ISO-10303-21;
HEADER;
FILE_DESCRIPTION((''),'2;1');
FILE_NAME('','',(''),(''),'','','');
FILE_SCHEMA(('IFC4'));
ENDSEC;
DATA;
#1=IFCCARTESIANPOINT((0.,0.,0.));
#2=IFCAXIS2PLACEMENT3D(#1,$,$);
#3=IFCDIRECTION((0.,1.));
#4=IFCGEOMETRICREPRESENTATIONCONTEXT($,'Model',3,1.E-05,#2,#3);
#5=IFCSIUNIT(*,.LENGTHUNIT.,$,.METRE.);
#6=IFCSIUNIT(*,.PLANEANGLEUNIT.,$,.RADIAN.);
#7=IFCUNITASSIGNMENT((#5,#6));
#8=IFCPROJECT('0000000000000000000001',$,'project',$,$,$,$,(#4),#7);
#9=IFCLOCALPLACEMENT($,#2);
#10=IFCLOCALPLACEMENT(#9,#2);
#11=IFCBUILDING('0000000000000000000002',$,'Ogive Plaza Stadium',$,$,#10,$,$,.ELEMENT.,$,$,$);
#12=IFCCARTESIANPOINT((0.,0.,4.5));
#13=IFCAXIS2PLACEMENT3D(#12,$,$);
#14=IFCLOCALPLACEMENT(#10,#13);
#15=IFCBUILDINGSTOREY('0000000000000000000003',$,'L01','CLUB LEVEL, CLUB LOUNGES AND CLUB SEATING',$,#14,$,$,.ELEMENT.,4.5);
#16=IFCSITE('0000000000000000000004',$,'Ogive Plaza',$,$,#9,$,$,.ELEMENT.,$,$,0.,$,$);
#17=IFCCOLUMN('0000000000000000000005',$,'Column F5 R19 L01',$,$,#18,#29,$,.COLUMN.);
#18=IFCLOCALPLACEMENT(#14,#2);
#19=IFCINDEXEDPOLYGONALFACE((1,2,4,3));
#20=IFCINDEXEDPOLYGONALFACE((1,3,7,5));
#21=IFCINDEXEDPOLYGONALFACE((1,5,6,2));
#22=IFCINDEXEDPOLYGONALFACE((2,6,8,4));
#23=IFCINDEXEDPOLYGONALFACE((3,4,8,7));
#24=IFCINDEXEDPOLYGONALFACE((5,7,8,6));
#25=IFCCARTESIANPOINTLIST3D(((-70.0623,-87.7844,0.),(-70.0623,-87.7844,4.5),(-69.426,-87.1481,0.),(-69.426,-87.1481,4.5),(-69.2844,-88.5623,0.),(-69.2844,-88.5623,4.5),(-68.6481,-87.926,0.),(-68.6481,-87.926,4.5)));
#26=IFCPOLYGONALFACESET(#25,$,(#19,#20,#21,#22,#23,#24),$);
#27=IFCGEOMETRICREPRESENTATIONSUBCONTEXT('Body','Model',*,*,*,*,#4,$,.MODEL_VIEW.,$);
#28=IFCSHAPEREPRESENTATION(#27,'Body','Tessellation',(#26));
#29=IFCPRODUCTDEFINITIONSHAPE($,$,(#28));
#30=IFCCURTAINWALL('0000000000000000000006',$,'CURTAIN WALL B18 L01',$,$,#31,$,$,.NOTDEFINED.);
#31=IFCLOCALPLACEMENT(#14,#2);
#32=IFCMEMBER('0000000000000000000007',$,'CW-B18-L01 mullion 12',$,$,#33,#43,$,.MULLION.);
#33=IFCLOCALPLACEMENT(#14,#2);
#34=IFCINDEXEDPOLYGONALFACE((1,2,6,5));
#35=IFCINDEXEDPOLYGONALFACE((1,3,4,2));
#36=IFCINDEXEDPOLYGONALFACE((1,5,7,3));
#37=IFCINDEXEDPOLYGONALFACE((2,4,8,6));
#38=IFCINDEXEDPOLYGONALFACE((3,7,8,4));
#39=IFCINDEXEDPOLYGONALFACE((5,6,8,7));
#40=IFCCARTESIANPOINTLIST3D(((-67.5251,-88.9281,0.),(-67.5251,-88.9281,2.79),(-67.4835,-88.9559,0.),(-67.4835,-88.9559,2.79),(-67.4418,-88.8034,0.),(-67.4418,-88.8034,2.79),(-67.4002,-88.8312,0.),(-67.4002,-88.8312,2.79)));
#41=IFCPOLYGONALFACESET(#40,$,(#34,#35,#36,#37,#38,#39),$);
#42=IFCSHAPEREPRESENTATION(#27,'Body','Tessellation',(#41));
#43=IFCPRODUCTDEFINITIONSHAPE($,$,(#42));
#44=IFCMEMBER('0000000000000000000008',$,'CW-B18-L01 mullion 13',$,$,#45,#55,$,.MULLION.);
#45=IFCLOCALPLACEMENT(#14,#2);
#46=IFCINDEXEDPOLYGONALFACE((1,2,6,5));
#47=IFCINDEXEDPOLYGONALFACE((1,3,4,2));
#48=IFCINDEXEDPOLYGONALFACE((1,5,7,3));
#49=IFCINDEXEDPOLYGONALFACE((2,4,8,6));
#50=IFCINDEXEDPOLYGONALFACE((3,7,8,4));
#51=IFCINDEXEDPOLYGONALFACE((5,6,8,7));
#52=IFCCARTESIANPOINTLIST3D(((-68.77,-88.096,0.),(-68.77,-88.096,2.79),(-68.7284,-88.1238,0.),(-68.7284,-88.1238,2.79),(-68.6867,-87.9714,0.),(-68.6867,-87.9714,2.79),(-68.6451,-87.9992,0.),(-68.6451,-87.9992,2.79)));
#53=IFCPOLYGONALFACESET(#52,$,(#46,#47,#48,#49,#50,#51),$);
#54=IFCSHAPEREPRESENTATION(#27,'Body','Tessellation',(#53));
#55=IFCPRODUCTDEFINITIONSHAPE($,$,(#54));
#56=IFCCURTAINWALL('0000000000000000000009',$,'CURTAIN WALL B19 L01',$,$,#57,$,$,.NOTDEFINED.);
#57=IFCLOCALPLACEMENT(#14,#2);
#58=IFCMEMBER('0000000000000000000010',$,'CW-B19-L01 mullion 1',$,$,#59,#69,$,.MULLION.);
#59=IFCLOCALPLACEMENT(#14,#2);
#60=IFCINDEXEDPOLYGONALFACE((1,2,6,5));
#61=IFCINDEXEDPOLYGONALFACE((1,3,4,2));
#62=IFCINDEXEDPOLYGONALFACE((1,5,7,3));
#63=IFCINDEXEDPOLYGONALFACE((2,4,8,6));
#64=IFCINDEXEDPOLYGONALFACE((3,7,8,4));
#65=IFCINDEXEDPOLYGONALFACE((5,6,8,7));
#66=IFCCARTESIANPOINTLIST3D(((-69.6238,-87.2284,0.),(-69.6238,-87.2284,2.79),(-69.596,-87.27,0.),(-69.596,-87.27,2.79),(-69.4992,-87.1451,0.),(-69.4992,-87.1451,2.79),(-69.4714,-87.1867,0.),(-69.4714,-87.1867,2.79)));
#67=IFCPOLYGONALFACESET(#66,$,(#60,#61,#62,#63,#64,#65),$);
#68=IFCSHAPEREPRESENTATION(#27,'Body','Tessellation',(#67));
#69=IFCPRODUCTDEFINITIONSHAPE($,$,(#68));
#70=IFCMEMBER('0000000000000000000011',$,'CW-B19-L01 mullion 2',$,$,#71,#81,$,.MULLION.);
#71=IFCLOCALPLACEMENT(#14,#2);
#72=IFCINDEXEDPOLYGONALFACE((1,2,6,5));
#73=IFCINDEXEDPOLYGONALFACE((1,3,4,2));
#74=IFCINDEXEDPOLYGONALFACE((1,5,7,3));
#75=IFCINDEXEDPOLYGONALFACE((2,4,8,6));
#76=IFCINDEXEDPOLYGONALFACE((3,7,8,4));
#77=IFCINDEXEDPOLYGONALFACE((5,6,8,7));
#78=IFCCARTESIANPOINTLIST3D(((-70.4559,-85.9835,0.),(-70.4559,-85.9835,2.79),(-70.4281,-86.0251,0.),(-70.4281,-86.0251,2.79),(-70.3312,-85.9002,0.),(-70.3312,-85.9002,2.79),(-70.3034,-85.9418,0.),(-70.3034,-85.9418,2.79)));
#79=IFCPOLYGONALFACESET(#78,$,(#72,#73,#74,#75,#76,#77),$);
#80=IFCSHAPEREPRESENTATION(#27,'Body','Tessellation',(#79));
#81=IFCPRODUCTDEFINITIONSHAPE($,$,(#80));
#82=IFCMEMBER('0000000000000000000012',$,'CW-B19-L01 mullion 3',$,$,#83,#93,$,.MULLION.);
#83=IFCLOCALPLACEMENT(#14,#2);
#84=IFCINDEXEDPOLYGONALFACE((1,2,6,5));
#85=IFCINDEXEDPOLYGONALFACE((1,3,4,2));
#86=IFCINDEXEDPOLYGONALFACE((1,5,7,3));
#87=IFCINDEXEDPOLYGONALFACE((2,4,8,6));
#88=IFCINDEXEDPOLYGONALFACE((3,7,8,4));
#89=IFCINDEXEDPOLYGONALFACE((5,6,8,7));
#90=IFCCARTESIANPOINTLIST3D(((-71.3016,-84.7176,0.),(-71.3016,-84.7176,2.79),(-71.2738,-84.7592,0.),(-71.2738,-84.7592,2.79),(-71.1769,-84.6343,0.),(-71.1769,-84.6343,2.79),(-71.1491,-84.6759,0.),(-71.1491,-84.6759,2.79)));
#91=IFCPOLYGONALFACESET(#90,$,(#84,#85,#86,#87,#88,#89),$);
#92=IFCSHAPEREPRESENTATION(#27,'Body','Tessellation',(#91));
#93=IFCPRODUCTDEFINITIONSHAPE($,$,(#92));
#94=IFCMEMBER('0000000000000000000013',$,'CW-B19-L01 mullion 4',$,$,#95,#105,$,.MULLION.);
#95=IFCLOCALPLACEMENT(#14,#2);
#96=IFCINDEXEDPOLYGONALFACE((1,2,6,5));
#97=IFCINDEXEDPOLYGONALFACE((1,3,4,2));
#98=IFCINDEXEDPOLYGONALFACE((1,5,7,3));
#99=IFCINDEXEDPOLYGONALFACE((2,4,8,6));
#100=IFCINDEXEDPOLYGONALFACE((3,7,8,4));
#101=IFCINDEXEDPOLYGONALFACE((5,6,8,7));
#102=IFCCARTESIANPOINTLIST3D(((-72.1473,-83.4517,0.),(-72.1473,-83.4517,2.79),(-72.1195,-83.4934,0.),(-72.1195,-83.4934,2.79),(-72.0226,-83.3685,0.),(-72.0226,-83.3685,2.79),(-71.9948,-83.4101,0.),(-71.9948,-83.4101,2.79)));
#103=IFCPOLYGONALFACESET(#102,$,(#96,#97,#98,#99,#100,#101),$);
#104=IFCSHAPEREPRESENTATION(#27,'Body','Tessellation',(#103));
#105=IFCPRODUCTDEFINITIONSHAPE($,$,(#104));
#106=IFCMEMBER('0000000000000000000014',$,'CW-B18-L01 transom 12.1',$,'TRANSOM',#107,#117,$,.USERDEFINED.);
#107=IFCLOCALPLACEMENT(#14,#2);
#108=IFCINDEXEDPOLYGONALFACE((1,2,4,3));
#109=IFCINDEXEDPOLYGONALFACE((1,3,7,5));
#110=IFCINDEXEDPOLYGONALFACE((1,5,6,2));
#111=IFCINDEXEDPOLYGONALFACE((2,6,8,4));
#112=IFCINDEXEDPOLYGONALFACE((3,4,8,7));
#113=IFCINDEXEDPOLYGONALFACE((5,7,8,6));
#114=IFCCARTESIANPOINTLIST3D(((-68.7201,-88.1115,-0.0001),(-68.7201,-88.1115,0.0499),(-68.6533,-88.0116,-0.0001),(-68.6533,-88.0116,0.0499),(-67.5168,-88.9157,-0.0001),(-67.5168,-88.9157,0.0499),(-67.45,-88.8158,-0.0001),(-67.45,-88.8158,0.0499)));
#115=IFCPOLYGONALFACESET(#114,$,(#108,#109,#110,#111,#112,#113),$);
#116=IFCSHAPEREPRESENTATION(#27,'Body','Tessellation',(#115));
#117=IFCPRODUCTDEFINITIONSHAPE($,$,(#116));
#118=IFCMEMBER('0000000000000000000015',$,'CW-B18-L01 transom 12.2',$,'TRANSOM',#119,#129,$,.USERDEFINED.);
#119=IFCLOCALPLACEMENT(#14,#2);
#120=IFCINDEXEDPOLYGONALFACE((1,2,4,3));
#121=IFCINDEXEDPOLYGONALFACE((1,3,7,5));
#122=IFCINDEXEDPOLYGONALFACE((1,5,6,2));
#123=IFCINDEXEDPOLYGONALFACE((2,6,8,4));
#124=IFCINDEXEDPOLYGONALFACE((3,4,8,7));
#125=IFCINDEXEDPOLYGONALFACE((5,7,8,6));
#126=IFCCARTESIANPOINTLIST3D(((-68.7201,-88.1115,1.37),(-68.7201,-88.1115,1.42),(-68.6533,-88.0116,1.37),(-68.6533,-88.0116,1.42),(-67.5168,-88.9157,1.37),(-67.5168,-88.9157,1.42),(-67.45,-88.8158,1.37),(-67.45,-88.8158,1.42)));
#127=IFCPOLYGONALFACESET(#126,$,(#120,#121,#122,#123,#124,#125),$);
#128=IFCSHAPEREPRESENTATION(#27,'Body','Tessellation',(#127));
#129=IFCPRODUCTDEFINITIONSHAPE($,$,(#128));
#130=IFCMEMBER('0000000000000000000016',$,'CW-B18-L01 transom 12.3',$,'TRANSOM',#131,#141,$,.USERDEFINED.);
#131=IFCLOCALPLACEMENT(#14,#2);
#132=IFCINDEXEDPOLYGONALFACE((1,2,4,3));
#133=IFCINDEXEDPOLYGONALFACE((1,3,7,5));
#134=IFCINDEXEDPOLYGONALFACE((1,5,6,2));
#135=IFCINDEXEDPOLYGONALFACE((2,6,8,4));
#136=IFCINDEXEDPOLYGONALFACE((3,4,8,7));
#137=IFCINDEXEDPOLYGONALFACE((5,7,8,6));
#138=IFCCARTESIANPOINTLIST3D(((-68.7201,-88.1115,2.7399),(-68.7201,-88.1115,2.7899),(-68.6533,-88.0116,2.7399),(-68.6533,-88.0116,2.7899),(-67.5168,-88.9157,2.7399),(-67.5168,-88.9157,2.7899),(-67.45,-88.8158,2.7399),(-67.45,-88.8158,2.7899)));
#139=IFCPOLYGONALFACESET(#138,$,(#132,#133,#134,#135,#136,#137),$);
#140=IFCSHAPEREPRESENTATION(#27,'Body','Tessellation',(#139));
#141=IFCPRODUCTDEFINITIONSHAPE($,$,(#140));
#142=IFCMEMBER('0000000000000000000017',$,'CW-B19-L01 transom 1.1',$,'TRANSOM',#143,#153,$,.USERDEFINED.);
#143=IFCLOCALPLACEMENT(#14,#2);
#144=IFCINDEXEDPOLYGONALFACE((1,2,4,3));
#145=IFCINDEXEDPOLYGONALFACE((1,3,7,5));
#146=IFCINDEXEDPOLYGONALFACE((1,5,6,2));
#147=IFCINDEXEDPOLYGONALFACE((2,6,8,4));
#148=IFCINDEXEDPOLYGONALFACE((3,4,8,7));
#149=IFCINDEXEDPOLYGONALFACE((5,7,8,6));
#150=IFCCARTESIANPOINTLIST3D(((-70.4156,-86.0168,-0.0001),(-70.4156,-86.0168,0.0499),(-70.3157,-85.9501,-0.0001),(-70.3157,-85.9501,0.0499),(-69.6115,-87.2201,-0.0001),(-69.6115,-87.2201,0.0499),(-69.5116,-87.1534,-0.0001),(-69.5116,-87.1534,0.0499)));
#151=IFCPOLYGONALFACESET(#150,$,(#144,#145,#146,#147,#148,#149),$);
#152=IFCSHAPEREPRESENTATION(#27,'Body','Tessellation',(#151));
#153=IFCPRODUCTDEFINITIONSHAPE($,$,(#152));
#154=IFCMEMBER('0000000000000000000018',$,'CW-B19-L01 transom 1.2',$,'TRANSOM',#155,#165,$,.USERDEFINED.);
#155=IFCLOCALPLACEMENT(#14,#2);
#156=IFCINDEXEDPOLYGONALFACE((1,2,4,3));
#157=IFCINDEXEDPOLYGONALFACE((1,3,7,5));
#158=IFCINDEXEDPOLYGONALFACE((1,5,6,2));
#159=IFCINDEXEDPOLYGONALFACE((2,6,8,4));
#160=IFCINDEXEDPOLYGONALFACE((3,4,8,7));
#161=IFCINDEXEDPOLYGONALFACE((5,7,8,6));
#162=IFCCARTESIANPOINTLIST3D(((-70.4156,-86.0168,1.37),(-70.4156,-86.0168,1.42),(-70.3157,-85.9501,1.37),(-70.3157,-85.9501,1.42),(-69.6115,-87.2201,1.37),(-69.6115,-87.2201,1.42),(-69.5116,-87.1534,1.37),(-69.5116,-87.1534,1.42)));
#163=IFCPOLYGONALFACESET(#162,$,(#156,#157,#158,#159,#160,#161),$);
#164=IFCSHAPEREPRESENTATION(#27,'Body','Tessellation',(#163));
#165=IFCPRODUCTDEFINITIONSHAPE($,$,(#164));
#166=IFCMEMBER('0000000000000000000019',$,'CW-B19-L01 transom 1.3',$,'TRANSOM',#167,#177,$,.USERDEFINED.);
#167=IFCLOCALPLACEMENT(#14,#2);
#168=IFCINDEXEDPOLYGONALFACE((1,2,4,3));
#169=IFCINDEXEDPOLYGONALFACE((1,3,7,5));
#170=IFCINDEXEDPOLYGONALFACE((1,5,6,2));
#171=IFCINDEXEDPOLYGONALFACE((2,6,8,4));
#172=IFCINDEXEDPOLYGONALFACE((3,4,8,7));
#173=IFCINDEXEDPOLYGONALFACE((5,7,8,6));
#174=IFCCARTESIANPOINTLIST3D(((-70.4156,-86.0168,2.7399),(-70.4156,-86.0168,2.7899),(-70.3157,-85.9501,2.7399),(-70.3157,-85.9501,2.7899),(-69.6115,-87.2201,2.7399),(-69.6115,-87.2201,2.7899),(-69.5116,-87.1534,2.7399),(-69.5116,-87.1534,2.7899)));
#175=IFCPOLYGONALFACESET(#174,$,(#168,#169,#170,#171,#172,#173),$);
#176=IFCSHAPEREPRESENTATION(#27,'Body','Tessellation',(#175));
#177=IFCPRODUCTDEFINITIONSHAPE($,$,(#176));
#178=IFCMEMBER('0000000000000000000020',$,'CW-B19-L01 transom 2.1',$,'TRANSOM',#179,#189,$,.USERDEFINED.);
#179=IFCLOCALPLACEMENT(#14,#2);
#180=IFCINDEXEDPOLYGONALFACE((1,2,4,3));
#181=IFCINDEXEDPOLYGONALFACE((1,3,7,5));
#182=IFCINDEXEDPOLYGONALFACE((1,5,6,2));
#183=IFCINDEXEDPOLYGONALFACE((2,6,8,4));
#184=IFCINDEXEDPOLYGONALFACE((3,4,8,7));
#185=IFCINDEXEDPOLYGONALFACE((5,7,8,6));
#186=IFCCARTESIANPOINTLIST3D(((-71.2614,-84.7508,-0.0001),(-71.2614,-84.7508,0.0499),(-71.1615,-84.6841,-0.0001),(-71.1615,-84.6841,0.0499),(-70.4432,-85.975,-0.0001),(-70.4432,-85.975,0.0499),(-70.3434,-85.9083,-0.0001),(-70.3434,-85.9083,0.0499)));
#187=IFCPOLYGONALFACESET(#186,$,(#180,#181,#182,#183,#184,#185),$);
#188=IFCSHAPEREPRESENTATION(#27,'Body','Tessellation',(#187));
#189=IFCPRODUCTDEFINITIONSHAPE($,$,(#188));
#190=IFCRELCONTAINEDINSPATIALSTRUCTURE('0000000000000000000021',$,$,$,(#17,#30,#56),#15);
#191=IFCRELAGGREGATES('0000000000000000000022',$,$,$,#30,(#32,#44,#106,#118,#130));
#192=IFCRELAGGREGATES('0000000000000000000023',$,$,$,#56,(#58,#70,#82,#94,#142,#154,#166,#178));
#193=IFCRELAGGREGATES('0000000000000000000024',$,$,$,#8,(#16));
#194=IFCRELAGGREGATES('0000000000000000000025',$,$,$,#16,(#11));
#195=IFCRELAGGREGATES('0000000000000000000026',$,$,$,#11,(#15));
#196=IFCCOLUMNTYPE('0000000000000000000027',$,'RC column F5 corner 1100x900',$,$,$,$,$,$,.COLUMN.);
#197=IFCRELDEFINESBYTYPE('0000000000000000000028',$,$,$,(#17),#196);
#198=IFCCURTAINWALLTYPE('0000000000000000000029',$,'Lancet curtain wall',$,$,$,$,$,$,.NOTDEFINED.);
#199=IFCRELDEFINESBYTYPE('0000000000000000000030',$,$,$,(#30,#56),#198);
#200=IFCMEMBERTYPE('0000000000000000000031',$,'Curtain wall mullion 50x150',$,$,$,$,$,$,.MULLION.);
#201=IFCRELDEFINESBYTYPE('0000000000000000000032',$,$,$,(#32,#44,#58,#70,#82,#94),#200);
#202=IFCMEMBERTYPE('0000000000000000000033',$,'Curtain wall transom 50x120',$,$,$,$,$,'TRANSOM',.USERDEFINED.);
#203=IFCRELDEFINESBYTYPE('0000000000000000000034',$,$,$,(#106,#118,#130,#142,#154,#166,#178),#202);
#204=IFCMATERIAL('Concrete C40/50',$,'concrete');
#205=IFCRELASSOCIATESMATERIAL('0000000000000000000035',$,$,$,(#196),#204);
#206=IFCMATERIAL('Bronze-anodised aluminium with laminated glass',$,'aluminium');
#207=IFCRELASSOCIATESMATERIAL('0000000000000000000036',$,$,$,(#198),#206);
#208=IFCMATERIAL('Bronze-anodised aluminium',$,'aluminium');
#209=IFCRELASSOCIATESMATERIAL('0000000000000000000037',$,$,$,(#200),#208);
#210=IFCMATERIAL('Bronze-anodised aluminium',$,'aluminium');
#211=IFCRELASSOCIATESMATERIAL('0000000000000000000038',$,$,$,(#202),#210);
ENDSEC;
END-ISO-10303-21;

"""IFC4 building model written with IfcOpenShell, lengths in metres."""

from ifc_helpers import new_model, si_unit, direction, frame, origin, origin_2d, place, context, subcontext, project, spatial, rectangle, extrude, material, material_profile, profile_set, type_object, element, aggregate, save


model = new_model("IFC4")

# Units and contexts
model_context = context("Model", 3, precision=1e-05, world=origin(), true_north=direction((0.0, 1.0)))
body_context = subcontext(model_context, "Body", "Model", "MODEL_VIEW")
ifc_project = project(units=[si_unit("LENGTHUNIT", "METRE"), si_unit("PLANEANGLEUNIT", "RADIAN")], contexts=[model_context])

# Site, building, storey
site_placement = place(None, origin())
site = spatial("IfcSite", under=ifc_project, at=site_placement, Name="Ogive Plaza", CompositionType="ELEMENT", RefElevation=0.0)
building_placement = place(site_placement, origin())
building = spatial("IfcBuilding", under=site, at=building_placement, Name="Ogive Plaza Stadium", CompositionType="ELEMENT")
storey_placement = place(building_placement, frame((0.0, 0.0, 4.5)))
storey = spatial("IfcBuildingStorey", under=building, at=storey_placement, Name="L01", Description="CLUB LEVEL, CLUB LOUNGES AND CLUB SEATING", CompositionType="ELEMENT", Elevation=4.5)

# Column
ifc_material_1 = material(Name="Concrete C40/50", Category="concrete")
ifc_material_profile_1 = material_profile(ifc_material_1, rectangle(XDim=1.1001, YDim=0.8999, at=origin_2d()), Name="RC 1100x900")
ifc_profile_set_1 = profile_set([ifc_material_profile_1], Name="Concrete C40/50")
column_type = type_object("IfcColumnType", Name="RC column F5 corner 1100x900", PredefinedType="COLUMN", material=ifc_profile_set_1)
column_placement = place(storey_placement, frame((-69.3552, -87.8552, 0.0), z_axis=(0.0, 0.0, 1.0), x_axis=(0.707107, -0.707107, 0.0)))
element("IfcColumn", 1, at=column_placement, inside=storey, type_object=column_type, Name="Column F5 R19 L01", PredefinedType="COLUMN", context=body_context, shape_type="SweptSolid", body=[
    extrude(rectangle(XDim=1.1001, YDim=0.8999, at=origin_2d()), origin(), (0.0, 0.0, 1.0), 4.5),
])

# Curtain walls, members
ifc_material_2 = material(Name="Bronze-anodised aluminium with laminated glass", Category="aluminium")
curtain_wall_type = type_object("IfcCurtainWallType", Name="Lancet curtain wall", PredefinedType="NOTDEFINED", material=ifc_material_2)
curtain_wall_1_placement = place(storey_placement, origin())
curtain_wall_1 = element("IfcCurtainWall", 2, at=curtain_wall_1_placement, inside=storey, type_object=curtain_wall_type, Name="CURTAIN WALL B18 L01", PredefinedType="NOTDEFINED")
ifc_material_3 = material(Name="Bronze-anodised aluminium", Category="aluminium")
ifc_material_profile_2 = material_profile(ifc_material_3, rectangle(XDim=0.1499, YDim=0.05, at=origin_2d()), Name="AL 150x50")
ifc_profile_set_2 = profile_set([ifc_material_profile_2], Name="Bronze-anodised aluminium")
member_type_1 = type_object("IfcMemberType", Name="Curtain wall mullion 50x150", PredefinedType="MULLION", material=ifc_profile_set_2)
member_1_placement = place(storey_placement, frame((-67.4626, -88.8796, 0.0), z_axis=(0.0, 0.0, 1.0), x_axis=(-0.55557, -0.83147, 0.0)))
member_1 = element("IfcMember", 3, at=member_1_placement, type_object=member_type_1, Name="CW-B18-L01 mullion 12", PredefinedType="MULLION", context=body_context, shape_type="SweptSolid", body=[
    extrude(rectangle(XDim=0.1499, YDim=0.05, at=origin_2d()), origin(), (0.0, 0.0, 1.0), 2.79),
])
member_2_placement = place(storey_placement, frame((-68.7075, -88.0476, 0.0), z_axis=(0.0, 0.0, 1.0), x_axis=(-0.55557, -0.83147, 0.0)))
member_2 = element("IfcMember", 4, at=member_2_placement, type_object=member_type_1, Name="CW-B18-L01 mullion 13", PredefinedType="MULLION", context=body_context, shape_type="SweptSolid", body=[
    extrude(rectangle(XDim=0.1499, YDim=0.05, at=origin_2d()), origin(), (0.0, 0.0, 1.0), 2.79),
])
curtain_wall_2_placement = place(storey_placement, origin())
curtain_wall_2 = element("IfcCurtainWall", 5, at=curtain_wall_2_placement, inside=storey, type_object=curtain_wall_type, Name="CURTAIN WALL B19 L01", PredefinedType="NOTDEFINED")
member_3_placement = place(storey_placement, frame((-69.5476, -87.2075, 0.0), z_axis=(0.0, 0.0, 1.0), x_axis=(-0.83147, -0.55557, 0.0)))
member_3 = element("IfcMember", 6, at=member_3_placement, type_object=member_type_1, Name="CW-B19-L01 mullion 1", PredefinedType="MULLION", context=body_context, shape_type="SweptSolid", body=[
    extrude(rectangle(XDim=0.1499, YDim=0.05, at=origin_2d()), origin(), (0.0, 0.0, 1.0), 2.79),
])
member_4_placement = place(storey_placement, frame((-70.3796, -85.9626, 0.0), z_axis=(0.0, 0.0, 1.0), x_axis=(-0.83147, -0.55557, 0.0)))
member_4 = element("IfcMember", 7, at=member_4_placement, type_object=member_type_1, Name="CW-B19-L01 mullion 2", PredefinedType="MULLION", context=body_context, shape_type="SweptSolid", body=[
    extrude(rectangle(XDim=0.1499, YDim=0.05, at=origin_2d()), origin(), (0.0, 0.0, 1.0), 2.79),
])
member_5_placement = place(storey_placement, frame((-71.2253, -84.6968, 0.0), z_axis=(0.0, 0.0, 1.0), x_axis=(-0.83147, -0.55557, 0.0)))
member_5 = element("IfcMember", 8, at=member_5_placement, type_object=member_type_1, Name="CW-B19-L01 mullion 3", PredefinedType="MULLION", context=body_context, shape_type="SweptSolid", body=[
    extrude(rectangle(XDim=0.1499, YDim=0.05, at=origin_2d()), origin(), (0.0, 0.0, 1.0), 2.79),
])
member_6_placement = place(storey_placement, frame((-72.071, -83.4309, 0.0), z_axis=(0.0, 0.0, 1.0), x_axis=(-0.83147, -0.55557, 0.0)))
member_6 = element("IfcMember", 9, at=member_6_placement, type_object=member_type_1, Name="CW-B19-L01 mullion 4", PredefinedType="MULLION", context=body_context, shape_type="SweptSolid", body=[
    extrude(rectangle(XDim=0.1499, YDim=0.05, at=origin_2d()), origin(), (0.0, 0.0, 1.0), 2.79),
])

# Members
ifc_material_4 = material(Name="Bronze-anodised aluminium", Category="aluminium")
ifc_material_profile_3 = material_profile(ifc_material_4, rectangle(XDim=0.1201, YDim=0.05, at=origin_2d()), Name="AL 120x50")
ifc_profile_set_3 = profile_set([ifc_material_profile_3], Name="Bronze-anodised aluminium")
member_type_2 = type_object("IfcMemberType", Name="Curtain wall transom 50x120", ElementType="TRANSOM", PredefinedType="USERDEFINED", material=ifc_profile_set_3)
member_7_placement = place(storey_placement, frame((-67.4834, -88.8657, 0.0249), z_axis=(-0.831427, 0.555634, 0.0), x_axis=(-0.555634, -0.831427, 0.0)))
member_7 = element("IfcMember", 10, at=member_7_placement, type_object=member_type_2, Name="CW-B18-L01 transom 12.1", ObjectType="TRANSOM", PredefinedType="USERDEFINED", context=body_context, shape_type="SweptSolid", body=[
    extrude(rectangle(XDim=0.1201, YDim=0.05, at=origin_2d()), origin(), (0.0, 0.0, 1.0), 1.4473),
])
member_8_placement = place(storey_placement, frame((-67.4834, -88.8657, 1.395), z_axis=(-0.831427, 0.555634, 0.0), x_axis=(-0.555634, -0.831427, 0.0)))
member_8 = element("IfcMember", 11, at=member_8_placement, type_object=member_type_2, Name="CW-B18-L01 transom 12.2", ObjectType="TRANSOM", PredefinedType="USERDEFINED", context=body_context, shape_type="SweptSolid", body=[
    extrude(rectangle(XDim=0.1201, YDim=0.05, at=origin_2d()), origin(), (0.0, 0.0, 1.0), 1.4473),
])
member_9_placement = place(storey_placement, frame((-67.4834, -88.8657, 2.7649), z_axis=(-0.831427, 0.555634, 0.0), x_axis=(-0.555634, -0.831427, 0.0)))
member_9 = element("IfcMember", 12, at=member_9_placement, type_object=member_type_2, Name="CW-B18-L01 transom 12.3", ObjectType="TRANSOM", PredefinedType="USERDEFINED", context=body_context, shape_type="SweptSolid", body=[
    extrude(rectangle(XDim=0.1201, YDim=0.05, at=origin_2d()), origin(), (0.0, 0.0, 1.0), 1.4473),
])
member_10_placement = place(storey_placement, frame((-69.5615, -87.1868, 0.0249), z_axis=(-0.555634, 0.831427, 0.0), x_axis=(-0.831427, -0.555634, 0.0)))
member_10 = element("IfcMember", 13, at=member_10_placement, type_object=member_type_2, Name="CW-B19-L01 transom 1.1", ObjectType="TRANSOM", PredefinedType="USERDEFINED", context=body_context, shape_type="SweptSolid", body=[
    extrude(rectangle(XDim=0.1201, YDim=0.05, at=origin_2d()), origin(), (0.0, 0.0, 1.0), 1.4473),
])
member_11_placement = place(storey_placement, frame((-69.5615, -87.1868, 1.395), z_axis=(-0.555634, 0.831427, 0.0), x_axis=(-0.831427, -0.555634, 0.0)))
member_11 = element("IfcMember", 14, at=member_11_placement, type_object=member_type_2, Name="CW-B19-L01 transom 1.2", ObjectType="TRANSOM", PredefinedType="USERDEFINED", context=body_context, shape_type="SweptSolid", body=[
    extrude(rectangle(XDim=0.1201, YDim=0.05, at=origin_2d()), origin(), (0.0, 0.0, 1.0), 1.4473),
])
member_12_placement = place(storey_placement, frame((-69.5615, -87.1868, 2.7649), z_axis=(-0.555634, 0.831427, 0.0), x_axis=(-0.831427, -0.555634, 0.0)))
member_12 = element("IfcMember", 15, at=member_12_placement, type_object=member_type_2, Name="CW-B19-L01 transom 1.3", ObjectType="TRANSOM", PredefinedType="USERDEFINED", context=body_context, shape_type="SweptSolid", body=[
    extrude(rectangle(XDim=0.1201, YDim=0.05, at=origin_2d()), origin(), (0.0, 0.0, 1.0), 1.4473),
])
member_13_placement = place(storey_placement, frame((-70.3933, -85.9417, 0.0249), z_axis=(-0.555656, 0.831412, 0.0), x_axis=(-0.831412, -0.555656, 0.0)))
member_13 = element("IfcMember", 16, at=member_13_placement, type_object=member_type_2, Name="CW-B19-L01 transom 2.1", ObjectType="TRANSOM", PredefinedType="USERDEFINED", context=body_context, shape_type="SweptSolid", body=[
    extrude(rectangle(XDim=0.1201, YDim=0.05, at=origin_2d()), origin(), (0.0, 0.0, 1.0), 1.4724),
])

aggregate(curtain_wall_1, [member_1, member_2, member_7, member_8, member_9])
aggregate(curtain_wall_2, [member_3, member_4, member_5, member_6, member_10, member_11, member_12, member_13])

save(model, "model.ifc")
